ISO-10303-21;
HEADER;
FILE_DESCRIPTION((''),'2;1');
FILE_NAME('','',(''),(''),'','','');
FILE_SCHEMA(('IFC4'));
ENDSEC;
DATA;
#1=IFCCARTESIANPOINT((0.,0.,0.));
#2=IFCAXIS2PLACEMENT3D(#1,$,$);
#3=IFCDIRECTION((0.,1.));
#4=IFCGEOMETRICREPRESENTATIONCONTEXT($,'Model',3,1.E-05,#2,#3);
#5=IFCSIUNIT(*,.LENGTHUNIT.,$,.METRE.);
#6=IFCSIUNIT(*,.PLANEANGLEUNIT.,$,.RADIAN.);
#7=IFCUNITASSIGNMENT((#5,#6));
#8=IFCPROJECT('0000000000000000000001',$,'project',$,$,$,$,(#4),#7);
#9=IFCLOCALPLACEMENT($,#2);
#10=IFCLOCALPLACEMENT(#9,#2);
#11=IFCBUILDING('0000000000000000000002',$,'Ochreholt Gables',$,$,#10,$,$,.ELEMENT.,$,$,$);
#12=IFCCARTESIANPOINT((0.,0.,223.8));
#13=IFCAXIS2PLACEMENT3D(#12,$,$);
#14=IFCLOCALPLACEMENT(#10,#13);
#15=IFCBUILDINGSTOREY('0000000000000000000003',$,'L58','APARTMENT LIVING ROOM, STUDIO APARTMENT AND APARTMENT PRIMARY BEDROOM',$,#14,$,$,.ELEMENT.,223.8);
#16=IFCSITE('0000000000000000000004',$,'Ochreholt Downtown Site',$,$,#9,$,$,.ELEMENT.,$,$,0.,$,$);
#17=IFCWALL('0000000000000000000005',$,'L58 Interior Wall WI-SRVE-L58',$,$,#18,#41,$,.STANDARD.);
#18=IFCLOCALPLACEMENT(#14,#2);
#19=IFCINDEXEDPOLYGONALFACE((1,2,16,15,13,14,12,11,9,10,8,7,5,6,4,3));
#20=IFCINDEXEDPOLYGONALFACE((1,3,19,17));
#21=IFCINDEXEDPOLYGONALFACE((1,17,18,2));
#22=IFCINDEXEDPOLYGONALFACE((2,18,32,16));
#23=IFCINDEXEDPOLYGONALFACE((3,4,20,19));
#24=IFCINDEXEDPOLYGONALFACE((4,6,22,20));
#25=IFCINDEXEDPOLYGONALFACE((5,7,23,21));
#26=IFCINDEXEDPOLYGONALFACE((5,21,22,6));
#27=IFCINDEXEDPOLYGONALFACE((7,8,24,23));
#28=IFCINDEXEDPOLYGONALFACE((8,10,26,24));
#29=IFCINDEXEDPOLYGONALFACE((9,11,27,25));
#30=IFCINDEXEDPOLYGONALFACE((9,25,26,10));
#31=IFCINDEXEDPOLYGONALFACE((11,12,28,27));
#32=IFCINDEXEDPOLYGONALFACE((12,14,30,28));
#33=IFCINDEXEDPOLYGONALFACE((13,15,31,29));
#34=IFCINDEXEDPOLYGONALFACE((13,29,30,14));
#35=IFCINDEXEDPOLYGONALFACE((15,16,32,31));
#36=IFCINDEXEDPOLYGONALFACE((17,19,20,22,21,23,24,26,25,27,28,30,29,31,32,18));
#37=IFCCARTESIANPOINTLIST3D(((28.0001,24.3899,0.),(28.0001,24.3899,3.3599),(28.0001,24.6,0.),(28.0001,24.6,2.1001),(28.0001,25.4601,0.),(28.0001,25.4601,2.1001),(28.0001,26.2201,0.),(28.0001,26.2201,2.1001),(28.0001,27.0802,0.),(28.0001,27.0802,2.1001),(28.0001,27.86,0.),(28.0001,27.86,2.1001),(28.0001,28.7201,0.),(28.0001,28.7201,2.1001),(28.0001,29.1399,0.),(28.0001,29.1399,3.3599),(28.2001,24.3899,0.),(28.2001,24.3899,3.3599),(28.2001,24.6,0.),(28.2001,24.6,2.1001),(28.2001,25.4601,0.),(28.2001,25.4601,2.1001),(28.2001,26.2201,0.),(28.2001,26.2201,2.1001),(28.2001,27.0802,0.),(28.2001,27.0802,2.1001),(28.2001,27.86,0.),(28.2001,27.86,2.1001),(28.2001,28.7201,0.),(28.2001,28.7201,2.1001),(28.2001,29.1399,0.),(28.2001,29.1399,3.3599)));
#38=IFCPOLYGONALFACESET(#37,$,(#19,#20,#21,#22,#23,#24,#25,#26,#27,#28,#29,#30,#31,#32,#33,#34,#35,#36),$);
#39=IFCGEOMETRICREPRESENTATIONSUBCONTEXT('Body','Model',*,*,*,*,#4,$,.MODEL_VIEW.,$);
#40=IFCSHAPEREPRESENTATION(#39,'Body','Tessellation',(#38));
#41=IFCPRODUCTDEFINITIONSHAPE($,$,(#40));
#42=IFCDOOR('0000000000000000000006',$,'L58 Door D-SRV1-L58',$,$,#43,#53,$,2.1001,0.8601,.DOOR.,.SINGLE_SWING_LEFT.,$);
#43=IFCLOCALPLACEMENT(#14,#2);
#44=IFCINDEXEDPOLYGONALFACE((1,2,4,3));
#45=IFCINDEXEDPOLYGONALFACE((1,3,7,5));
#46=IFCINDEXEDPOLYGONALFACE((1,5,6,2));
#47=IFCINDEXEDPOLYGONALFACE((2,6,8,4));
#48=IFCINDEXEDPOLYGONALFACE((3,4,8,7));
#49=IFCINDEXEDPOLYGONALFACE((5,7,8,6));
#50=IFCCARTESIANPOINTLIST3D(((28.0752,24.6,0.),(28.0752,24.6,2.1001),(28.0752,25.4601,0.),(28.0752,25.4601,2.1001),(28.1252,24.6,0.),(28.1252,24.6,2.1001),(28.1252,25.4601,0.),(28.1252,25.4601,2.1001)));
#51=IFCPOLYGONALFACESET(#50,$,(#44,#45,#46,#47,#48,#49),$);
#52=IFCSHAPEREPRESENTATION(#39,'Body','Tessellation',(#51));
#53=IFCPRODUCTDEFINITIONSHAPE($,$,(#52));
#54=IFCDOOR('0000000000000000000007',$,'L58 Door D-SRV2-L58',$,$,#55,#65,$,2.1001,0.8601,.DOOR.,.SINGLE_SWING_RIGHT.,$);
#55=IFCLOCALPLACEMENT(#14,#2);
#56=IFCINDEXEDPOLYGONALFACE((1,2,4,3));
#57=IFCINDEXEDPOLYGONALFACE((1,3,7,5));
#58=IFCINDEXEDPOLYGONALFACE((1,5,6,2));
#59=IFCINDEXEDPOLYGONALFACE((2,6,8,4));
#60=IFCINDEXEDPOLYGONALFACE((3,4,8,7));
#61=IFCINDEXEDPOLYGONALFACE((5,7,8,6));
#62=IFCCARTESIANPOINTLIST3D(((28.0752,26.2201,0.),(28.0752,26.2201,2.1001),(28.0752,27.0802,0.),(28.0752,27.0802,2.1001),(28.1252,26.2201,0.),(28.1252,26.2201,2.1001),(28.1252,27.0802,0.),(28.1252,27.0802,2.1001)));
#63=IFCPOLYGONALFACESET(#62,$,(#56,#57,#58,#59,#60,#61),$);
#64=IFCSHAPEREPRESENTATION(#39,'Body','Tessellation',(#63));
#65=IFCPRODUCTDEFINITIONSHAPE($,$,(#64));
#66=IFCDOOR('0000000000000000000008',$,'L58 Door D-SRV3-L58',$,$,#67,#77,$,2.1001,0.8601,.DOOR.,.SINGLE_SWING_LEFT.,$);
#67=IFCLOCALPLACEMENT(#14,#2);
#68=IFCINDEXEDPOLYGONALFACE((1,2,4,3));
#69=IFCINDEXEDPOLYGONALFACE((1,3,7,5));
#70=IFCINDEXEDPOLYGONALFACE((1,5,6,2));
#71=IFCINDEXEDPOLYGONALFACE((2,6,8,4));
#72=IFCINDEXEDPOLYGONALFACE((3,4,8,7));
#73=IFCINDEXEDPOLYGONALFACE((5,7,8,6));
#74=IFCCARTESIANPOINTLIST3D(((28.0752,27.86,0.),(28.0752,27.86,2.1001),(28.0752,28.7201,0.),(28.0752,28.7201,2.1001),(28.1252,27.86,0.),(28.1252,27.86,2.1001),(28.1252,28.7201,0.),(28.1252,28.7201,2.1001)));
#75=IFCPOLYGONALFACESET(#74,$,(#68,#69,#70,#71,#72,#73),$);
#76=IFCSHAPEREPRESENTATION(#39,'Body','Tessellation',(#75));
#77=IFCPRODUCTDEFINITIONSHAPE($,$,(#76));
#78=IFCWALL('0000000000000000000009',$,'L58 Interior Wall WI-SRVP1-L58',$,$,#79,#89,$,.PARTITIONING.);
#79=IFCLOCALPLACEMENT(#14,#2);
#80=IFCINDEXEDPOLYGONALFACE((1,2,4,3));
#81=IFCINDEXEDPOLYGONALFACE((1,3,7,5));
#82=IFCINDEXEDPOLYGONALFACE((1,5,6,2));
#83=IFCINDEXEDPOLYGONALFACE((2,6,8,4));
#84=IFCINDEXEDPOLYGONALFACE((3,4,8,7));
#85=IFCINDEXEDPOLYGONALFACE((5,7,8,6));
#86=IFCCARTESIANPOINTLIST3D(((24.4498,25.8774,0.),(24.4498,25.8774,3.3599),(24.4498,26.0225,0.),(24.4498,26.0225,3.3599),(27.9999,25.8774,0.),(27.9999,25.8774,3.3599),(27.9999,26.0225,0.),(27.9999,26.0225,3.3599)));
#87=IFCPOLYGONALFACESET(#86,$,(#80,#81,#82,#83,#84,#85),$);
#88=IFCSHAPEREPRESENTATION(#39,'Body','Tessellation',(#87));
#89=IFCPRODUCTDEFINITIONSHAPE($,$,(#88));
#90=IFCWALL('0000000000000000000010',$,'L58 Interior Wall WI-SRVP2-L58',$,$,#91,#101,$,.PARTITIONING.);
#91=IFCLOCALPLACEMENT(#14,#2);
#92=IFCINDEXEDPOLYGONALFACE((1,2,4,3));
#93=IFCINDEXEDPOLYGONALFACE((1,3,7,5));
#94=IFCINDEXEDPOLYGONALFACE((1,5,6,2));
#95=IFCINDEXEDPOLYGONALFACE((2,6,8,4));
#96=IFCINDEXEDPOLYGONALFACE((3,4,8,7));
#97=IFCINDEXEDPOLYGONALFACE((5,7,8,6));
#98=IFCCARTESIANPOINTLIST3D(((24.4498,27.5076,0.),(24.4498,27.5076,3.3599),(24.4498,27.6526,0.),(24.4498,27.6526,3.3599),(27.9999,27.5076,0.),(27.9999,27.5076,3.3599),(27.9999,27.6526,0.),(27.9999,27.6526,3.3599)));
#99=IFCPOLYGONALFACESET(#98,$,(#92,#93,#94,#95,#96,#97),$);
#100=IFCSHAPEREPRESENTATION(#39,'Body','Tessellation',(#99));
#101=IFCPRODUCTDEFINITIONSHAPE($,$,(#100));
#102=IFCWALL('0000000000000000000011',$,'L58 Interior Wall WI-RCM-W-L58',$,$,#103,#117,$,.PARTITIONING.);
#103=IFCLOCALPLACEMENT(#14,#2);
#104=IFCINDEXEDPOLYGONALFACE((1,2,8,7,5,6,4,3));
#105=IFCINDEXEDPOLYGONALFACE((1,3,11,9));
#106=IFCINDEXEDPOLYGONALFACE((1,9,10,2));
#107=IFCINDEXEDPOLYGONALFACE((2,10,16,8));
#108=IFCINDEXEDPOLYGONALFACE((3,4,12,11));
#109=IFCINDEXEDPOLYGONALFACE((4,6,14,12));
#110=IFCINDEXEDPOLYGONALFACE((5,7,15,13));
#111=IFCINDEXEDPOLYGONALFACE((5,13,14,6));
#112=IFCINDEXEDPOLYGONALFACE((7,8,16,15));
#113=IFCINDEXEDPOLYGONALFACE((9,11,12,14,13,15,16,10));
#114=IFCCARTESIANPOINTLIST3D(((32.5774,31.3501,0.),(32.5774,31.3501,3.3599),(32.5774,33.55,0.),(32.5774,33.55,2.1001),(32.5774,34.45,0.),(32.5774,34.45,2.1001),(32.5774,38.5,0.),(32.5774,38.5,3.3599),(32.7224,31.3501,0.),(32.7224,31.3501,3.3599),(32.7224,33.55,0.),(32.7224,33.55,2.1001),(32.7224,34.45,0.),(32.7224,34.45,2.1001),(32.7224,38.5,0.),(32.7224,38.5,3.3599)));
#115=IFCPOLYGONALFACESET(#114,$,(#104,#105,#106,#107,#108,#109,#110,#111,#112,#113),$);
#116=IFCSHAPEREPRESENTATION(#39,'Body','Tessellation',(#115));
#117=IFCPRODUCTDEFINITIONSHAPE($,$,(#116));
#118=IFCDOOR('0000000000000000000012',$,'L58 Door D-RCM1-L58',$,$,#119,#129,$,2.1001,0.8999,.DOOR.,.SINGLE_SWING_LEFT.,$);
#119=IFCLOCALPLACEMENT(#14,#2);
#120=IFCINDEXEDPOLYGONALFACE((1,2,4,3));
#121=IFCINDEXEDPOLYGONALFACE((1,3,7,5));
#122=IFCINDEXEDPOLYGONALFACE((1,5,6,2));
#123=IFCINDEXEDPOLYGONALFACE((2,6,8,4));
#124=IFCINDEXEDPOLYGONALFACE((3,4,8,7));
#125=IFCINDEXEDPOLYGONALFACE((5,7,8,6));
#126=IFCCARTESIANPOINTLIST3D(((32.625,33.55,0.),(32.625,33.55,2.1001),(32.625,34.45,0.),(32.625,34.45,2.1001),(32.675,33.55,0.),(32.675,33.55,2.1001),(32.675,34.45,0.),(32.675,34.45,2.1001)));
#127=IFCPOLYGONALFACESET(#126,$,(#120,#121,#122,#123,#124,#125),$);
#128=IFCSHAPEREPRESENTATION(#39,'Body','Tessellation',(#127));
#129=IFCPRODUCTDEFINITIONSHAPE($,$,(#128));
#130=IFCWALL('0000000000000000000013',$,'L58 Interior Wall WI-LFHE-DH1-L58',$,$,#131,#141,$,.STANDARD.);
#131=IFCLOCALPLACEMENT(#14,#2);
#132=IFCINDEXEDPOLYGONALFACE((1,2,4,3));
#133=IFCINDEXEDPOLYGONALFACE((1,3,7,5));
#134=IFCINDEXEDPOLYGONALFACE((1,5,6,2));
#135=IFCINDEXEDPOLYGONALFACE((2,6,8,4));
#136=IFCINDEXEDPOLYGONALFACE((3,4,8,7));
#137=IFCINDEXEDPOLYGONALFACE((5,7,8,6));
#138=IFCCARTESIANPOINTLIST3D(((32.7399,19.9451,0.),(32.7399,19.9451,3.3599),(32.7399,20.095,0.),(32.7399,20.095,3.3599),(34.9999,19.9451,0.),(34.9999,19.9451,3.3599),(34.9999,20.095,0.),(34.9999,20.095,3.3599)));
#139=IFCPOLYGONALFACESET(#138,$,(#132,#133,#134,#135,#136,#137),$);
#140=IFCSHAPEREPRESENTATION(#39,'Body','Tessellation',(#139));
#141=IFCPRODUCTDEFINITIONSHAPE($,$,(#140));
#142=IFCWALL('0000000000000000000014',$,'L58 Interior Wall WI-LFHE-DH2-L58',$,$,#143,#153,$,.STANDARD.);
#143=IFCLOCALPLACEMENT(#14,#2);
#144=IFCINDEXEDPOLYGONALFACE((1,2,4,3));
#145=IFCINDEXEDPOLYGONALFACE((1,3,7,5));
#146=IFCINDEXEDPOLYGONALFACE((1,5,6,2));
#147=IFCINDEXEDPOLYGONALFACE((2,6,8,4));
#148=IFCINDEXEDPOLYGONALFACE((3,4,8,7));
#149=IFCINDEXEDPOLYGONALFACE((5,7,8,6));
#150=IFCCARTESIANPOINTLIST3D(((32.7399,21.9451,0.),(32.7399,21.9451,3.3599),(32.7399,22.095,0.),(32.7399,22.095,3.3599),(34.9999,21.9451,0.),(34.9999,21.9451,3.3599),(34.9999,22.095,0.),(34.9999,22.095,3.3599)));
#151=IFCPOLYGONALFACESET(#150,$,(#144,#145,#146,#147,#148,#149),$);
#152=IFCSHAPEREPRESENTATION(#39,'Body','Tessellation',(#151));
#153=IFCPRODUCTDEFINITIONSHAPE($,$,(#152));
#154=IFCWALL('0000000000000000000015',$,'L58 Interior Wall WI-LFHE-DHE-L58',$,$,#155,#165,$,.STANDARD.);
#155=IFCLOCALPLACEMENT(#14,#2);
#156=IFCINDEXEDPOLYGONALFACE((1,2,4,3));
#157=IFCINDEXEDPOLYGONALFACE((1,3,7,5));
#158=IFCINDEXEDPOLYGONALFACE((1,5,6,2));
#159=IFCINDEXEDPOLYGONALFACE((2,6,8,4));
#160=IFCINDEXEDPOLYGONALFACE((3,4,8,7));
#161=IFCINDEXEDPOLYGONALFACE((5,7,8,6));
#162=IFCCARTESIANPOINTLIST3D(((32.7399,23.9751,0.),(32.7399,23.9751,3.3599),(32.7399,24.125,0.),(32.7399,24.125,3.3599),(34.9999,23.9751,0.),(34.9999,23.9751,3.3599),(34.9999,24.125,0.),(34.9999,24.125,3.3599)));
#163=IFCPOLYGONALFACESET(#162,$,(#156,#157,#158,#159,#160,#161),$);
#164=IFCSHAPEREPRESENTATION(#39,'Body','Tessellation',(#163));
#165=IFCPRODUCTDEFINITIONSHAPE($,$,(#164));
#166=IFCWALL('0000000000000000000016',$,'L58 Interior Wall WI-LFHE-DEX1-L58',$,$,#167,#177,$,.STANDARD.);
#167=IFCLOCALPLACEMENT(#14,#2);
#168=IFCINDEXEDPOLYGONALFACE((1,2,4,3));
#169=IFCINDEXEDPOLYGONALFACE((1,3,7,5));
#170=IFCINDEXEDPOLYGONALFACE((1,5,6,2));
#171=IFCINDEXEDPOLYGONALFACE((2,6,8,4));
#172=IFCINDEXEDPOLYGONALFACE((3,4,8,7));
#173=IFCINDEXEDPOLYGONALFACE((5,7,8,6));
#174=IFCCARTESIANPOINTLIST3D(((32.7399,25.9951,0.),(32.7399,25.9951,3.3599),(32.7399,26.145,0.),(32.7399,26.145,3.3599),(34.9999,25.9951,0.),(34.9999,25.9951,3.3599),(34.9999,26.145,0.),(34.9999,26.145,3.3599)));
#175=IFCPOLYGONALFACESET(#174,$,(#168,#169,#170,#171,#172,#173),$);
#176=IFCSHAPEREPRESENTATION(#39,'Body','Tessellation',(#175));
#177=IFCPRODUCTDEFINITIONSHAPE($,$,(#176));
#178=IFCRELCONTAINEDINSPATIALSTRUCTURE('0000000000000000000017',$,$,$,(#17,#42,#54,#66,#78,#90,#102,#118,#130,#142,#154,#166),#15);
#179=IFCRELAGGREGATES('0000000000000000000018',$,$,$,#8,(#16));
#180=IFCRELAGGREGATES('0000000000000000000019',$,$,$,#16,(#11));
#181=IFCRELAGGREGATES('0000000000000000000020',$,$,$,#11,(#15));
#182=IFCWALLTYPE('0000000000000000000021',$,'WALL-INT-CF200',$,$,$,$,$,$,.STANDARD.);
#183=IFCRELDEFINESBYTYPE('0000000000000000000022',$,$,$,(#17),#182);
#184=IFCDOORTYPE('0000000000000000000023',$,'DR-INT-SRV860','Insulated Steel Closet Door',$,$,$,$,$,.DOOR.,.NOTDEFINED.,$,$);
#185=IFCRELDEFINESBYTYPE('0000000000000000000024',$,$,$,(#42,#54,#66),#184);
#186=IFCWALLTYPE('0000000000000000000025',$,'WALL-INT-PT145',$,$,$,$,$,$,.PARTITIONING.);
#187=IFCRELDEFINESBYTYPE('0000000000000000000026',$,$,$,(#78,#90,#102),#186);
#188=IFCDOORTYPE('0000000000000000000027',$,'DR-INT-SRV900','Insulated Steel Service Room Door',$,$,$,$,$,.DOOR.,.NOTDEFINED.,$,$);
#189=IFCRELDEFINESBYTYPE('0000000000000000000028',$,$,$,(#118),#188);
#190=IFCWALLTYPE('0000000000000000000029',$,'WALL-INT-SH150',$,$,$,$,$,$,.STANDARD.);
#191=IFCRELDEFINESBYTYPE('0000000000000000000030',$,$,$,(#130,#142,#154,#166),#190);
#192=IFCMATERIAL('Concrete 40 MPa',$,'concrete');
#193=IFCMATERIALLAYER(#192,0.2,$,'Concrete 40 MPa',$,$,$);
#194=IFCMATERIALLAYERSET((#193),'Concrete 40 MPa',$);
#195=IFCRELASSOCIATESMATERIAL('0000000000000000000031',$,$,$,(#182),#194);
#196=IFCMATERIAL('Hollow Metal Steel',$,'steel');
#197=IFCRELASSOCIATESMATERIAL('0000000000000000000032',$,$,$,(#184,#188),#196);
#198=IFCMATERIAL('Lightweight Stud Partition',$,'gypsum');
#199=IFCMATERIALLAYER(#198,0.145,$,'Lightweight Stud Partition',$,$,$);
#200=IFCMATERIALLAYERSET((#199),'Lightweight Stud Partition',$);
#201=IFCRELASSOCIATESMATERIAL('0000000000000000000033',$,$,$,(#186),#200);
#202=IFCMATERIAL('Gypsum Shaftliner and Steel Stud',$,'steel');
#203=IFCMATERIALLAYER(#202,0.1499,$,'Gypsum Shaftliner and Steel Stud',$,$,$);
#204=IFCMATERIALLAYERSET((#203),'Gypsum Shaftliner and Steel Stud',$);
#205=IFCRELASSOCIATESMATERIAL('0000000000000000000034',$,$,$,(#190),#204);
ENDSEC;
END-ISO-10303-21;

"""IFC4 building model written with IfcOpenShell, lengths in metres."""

from ifc_helpers import new_model, si_unit, direction, frame, frame_2d, origin, place, context, subcontext, project, spatial, rectangle, extrude, material, layer, layer_set, type_object, element, fill, save


model = new_model("IFC4")

# Units and contexts
model_context = context("Model", 3, precision=1e-05, world=origin(), true_north=direction((0.0, 1.0)))
body_context = subcontext(model_context, "Body", "Model", "MODEL_VIEW")
ifc_project = project(units=[si_unit("LENGTHUNIT", "METRE"), si_unit("PLANEANGLEUNIT", "RADIAN")], contexts=[model_context])

# Site, building, storey
site_placement = place(None, origin())
site = spatial("IfcSite", under=ifc_project, at=site_placement, Name="Ochreholt Downtown Site", CompositionType="ELEMENT", RefElevation=0.0)
building_placement = place(site_placement, origin())
building = spatial("IfcBuilding", under=site, at=building_placement, Name="Ochreholt Gables", CompositionType="ELEMENT")
storey_placement = place(building_placement, frame((0.0, 0.0, 223.8)))
storey = spatial("IfcBuildingStorey", under=building, at=storey_placement, Name="L58", Description="APARTMENT LIVING ROOM, STUDIO APARTMENT AND APARTMENT PRIMARY BEDROOM", CompositionType="ELEMENT", Elevation=223.8)

# Shared definitions
ifc_material_1 = material(Name="Concrete 40 MPa", Category="concrete")
ifc_layer_1 = layer(ifc_material_1, 0.2, Name="Concrete 40 MPa")
ifc_layer_set_1 = layer_set([ifc_layer_1], Name="Concrete 40 MPa")
wall_type_1 = type_object("IfcWallType", Name="WALL-INT-CF200", PredefinedType="STANDARD", material=ifc_layer_set_1)

# Wall, openings, doors
wall_1_placement = place(storey_placement, frame((28.1001, 24.3899, 0.0), z_axis=(0.0, 0.0, 1.0), x_axis=(0.0, 1.0, 0.0)))
wall_1 = element("IfcWall", 1, at=wall_1_placement, inside=storey, type_object=wall_type_1, Name="L58 Interior Wall WI-SRVE-L58", PredefinedType="STANDARD", context=body_context, shape_type="SweptSolid", body=[
    extrude(rectangle(XDim=4.75, YDim=0.2, at=frame_2d((2.375, 0.0))), origin(), (0.0, 0.0, 1.0), 3.3599),
])
opening_1_placement = place(wall_1_placement, frame((0.21, 0.0, 0.0)))
opening_1 = element("IfcOpeningElement", 2, at=opening_1_placement, cuts=wall_1, PredefinedType="OPENING", context=body_context, shape_type="SweptSolid", body=[
    extrude(rectangle(XDim=0.8601, YDim=2.1001, at=frame_2d((0.4302, 1.05))), frame((0.0, 0.1099, 0.0), z_axis=(0.0, -1.0, 0.0), x_axis=(1.0, 0.0, 0.0)), (0.0, 0.0, 1.0), 0.22),
])
opening_2_placement = place(wall_1_placement, frame((1.8301, 0.0, 0.0)))
opening_2 = element("IfcOpeningElement", 3, at=opening_2_placement, cuts=wall_1, PredefinedType="OPENING", context=body_context, shape_type="SweptSolid", body=[
    extrude(rectangle(XDim=0.8601, YDim=2.1001, at=frame_2d((0.4302, 1.05))), frame((0.0, 0.1099, 0.0), z_axis=(0.0, -1.0, 0.0), x_axis=(1.0, 0.0, 0.0)), (0.0, 0.0, 1.0), 0.22),
])
opening_3_placement = place(wall_1_placement, frame((3.47, 0.0, 0.0)))
opening_3 = element("IfcOpeningElement", 4, at=opening_3_placement, cuts=wall_1, PredefinedType="OPENING", context=body_context, shape_type="SweptSolid", body=[
    extrude(rectangle(XDim=0.8601, YDim=2.1001, at=frame_2d((0.4302, 1.05))), frame((0.0, 0.1099, 0.0), z_axis=(0.0, -1.0, 0.0), x_axis=(1.0, 0.0, 0.0)), (0.0, 0.0, 1.0), 0.22),
])
ifc_material_2 = material(Name="Hollow Metal Steel", Category="steel")
door_type_1 = type_object("IfcDoorType", Name="DR-INT-SRV860", Description="Insulated Steel Closet Door", OperationType="NOTDEFINED", PredefinedType="DOOR", material=ifc_material_2)
door_1_placement = place(opening_1_placement, origin())
door_1 = element("IfcDoor", 5, at=door_1_placement, inside=storey, type_object=door_type_1, Name="L58 Door D-SRV1-L58", OperationType="SINGLE_SWING_LEFT", OverallHeight=2.1001, OverallWidth=0.8601, PredefinedType="DOOR", context=body_context, shape_type="SweptSolid", body=[
    extrude(rectangle(XDim=0.8601, YDim=2.1001, at=frame_2d((0.4302, 1.05))), frame((0.0, 0.0249, 0.0), z_axis=(0.0, -1.0, 0.0), x_axis=(1.0, 0.0, 0.0)), (0.0, 0.0, 1.0), 0.05),
])
fill(opening_1, door_1)
door_2_placement = place(opening_2_placement, origin())
door_2 = element("IfcDoor", 6, at=door_2_placement, inside=storey, type_object=door_type_1, Name="L58 Door D-SRV2-L58", OperationType="SINGLE_SWING_RIGHT", OverallHeight=2.1001, OverallWidth=0.8601, PredefinedType="DOOR", context=body_context, shape_type="SweptSolid", body=[
    extrude(rectangle(XDim=0.8601, YDim=2.1001, at=frame_2d((0.4302, 1.05))), frame((0.0, 0.0249, 0.0), z_axis=(0.0, -1.0, 0.0), x_axis=(1.0, 0.0, 0.0)), (0.0, 0.0, 1.0), 0.05),
])
fill(opening_2, door_2)
door_3_placement = place(opening_3_placement, origin())
door_3 = element("IfcDoor", 7, at=door_3_placement, inside=storey, type_object=door_type_1, Name="L58 Door D-SRV3-L58", OperationType="SINGLE_SWING_LEFT", OverallHeight=2.1001, OverallWidth=0.8601, PredefinedType="DOOR", context=body_context, shape_type="SweptSolid", body=[
    extrude(rectangle(XDim=0.8601, YDim=2.1001, at=frame_2d((0.4302, 1.05))), frame((0.0, 0.0249, 0.0), z_axis=(0.0, -1.0, 0.0), x_axis=(1.0, 0.0, 0.0)), (0.0, 0.0, 1.0), 0.05),
])
fill(opening_3, door_3)

# Walls
ifc_material_3 = material(Name="Lightweight Stud Partition", Category="gypsum")
ifc_layer_2 = layer(ifc_material_3, 0.145, Name="Lightweight Stud Partition")
ifc_layer_set_2 = layer_set([ifc_layer_2], Name="Lightweight Stud Partition")
wall_type_2 = type_object("IfcWallType", Name="WALL-INT-PT145", PredefinedType="PARTITIONING", material=ifc_layer_set_2)
for number, where, z_axis, x_axis, name in (
    (8, (24.45, 25.95, 0.0), (0.0, 0.0, 1.0), (1.0, 0.0, 0.0), "L58 Interior Wall WI-SRVP1-L58"),
    (9, (24.45, 27.5801, 0.0), (0.0, 0.0, 1.0), (1.0, 0.0, 0.0), "L58 Interior Wall WI-SRVP2-L58"),
):
    element("IfcWall", number, at=place(storey_placement, frame(where, z_axis=z_axis, x_axis=x_axis)), inside=storey, type_object=wall_type_2, Name=name, PredefinedType="PARTITIONING", context=body_context, shape_type="SweptSolid", body=[
        extrude(rectangle(XDim=3.55, YDim=0.145, at=frame_2d((1.7749, 0.0))), origin(), (0.0, 0.0, 1.0), 3.3599),
    ])

# Wall, opening, door
wall_2_placement = place(storey_placement, frame((32.6499, 31.3501, 0.0), z_axis=(0.0, 0.0, 1.0), x_axis=(0.0, 1.0, 0.0)))
wall_2 = element("IfcWall", 10, at=wall_2_placement, inside=storey, type_object=wall_type_2, Name="L58 Interior Wall WI-RCM-W-L58", PredefinedType="PARTITIONING", context=body_context, shape_type="SweptSolid", body=[
    extrude(rectangle(XDim=7.1499, YDim=0.145, at=frame_2d((3.575, 0.0))), origin(), (0.0, 0.0, 1.0), 3.3599),
])
opening_4_placement = place(wall_2_placement, frame((2.2, 0.0, 0.0)))
opening_4 = element("IfcOpeningElement", 11, at=opening_4_placement, cuts=wall_2, PredefinedType="OPENING", context=body_context, shape_type="SweptSolid", body=[
    extrude(rectangle(XDim=0.8999, YDim=2.1001, at=frame_2d((0.45, 1.05))), frame((0.0, 0.0825, 0.0), z_axis=(0.0, -1.0, 0.0), x_axis=(1.0, 0.0, 0.0)), (0.0, 0.0, 1.0), 0.165),
])
door_type_2 = type_object("IfcDoorType", Name="DR-INT-SRV900", Description="Insulated Steel Service Room Door", OperationType="NOTDEFINED", PredefinedType="DOOR", material=ifc_material_2)
door_4_placement = place(opening_4_placement, origin())
door_4 = element("IfcDoor", 12, at=door_4_placement, inside=storey, type_object=door_type_2, Name="L58 Door D-RCM1-L58", OperationType="SINGLE_SWING_LEFT", OverallHeight=2.1001, OverallWidth=0.8999, PredefinedType="DOOR", context=body_context, shape_type="SweptSolid", body=[
    extrude(rectangle(XDim=0.8999, YDim=2.1001, at=frame_2d((0.45, 1.05))), frame((0.0, 0.0249, 0.0), z_axis=(0.0, -1.0, 0.0), x_axis=(1.0, 0.0, 0.0)), (0.0, 0.0, 1.0), 0.05),
])
fill(opening_4, door_4)

# Walls
ifc_material_4 = material(Name="Gypsum Shaftliner and Steel Stud", Category="steel")
ifc_layer_3 = layer(ifc_material_4, 0.1499, Name="Gypsum Shaftliner and Steel Stud")
ifc_layer_set_3 = layer_set([ifc_layer_3], Name="Gypsum Shaftliner and Steel Stud")
wall_type_3 = type_object("IfcWallType", Name="WALL-INT-SH150", PredefinedType="STANDARD", material=ifc_layer_set_3)
for number, where, z_axis, x_axis, name in (
    (13, (32.74, 20.02, 0.0), (0.0, 0.0, 1.0), (1.0, 0.0, 0.0), "L58 Interior Wall WI-LFHE-DH1-L58"),
    (14, (32.74, 22.02, 0.0), (0.0, 0.0, 1.0), (1.0, 0.0, 0.0), "L58 Interior Wall WI-LFHE-DH2-L58"),
    (15, (32.74, 24.05, 0.0), (0.0, 0.0, 1.0), (1.0, 0.0, 0.0), "L58 Interior Wall WI-LFHE-DHE-L58"),
    (16, (32.74, 26.0701, 0.0), (0.0, 0.0, 1.0), (1.0, 0.0, 0.0), "L58 Interior Wall WI-LFHE-DEX1-L58"),
):
    element("IfcWall", number, at=place(storey_placement, frame(where, z_axis=z_axis, x_axis=x_axis)), inside=storey, type_object=wall_type_3, Name=name, PredefinedType="STANDARD", context=body_context, shape_type="SweptSolid", body=[
        extrude(rectangle(XDim=2.26, YDim=0.1499, at=frame_2d((1.1299, 0.0))), origin(), (0.0, 0.0, 1.0), 3.3599),
    ])

save(model, "model.ifc")
